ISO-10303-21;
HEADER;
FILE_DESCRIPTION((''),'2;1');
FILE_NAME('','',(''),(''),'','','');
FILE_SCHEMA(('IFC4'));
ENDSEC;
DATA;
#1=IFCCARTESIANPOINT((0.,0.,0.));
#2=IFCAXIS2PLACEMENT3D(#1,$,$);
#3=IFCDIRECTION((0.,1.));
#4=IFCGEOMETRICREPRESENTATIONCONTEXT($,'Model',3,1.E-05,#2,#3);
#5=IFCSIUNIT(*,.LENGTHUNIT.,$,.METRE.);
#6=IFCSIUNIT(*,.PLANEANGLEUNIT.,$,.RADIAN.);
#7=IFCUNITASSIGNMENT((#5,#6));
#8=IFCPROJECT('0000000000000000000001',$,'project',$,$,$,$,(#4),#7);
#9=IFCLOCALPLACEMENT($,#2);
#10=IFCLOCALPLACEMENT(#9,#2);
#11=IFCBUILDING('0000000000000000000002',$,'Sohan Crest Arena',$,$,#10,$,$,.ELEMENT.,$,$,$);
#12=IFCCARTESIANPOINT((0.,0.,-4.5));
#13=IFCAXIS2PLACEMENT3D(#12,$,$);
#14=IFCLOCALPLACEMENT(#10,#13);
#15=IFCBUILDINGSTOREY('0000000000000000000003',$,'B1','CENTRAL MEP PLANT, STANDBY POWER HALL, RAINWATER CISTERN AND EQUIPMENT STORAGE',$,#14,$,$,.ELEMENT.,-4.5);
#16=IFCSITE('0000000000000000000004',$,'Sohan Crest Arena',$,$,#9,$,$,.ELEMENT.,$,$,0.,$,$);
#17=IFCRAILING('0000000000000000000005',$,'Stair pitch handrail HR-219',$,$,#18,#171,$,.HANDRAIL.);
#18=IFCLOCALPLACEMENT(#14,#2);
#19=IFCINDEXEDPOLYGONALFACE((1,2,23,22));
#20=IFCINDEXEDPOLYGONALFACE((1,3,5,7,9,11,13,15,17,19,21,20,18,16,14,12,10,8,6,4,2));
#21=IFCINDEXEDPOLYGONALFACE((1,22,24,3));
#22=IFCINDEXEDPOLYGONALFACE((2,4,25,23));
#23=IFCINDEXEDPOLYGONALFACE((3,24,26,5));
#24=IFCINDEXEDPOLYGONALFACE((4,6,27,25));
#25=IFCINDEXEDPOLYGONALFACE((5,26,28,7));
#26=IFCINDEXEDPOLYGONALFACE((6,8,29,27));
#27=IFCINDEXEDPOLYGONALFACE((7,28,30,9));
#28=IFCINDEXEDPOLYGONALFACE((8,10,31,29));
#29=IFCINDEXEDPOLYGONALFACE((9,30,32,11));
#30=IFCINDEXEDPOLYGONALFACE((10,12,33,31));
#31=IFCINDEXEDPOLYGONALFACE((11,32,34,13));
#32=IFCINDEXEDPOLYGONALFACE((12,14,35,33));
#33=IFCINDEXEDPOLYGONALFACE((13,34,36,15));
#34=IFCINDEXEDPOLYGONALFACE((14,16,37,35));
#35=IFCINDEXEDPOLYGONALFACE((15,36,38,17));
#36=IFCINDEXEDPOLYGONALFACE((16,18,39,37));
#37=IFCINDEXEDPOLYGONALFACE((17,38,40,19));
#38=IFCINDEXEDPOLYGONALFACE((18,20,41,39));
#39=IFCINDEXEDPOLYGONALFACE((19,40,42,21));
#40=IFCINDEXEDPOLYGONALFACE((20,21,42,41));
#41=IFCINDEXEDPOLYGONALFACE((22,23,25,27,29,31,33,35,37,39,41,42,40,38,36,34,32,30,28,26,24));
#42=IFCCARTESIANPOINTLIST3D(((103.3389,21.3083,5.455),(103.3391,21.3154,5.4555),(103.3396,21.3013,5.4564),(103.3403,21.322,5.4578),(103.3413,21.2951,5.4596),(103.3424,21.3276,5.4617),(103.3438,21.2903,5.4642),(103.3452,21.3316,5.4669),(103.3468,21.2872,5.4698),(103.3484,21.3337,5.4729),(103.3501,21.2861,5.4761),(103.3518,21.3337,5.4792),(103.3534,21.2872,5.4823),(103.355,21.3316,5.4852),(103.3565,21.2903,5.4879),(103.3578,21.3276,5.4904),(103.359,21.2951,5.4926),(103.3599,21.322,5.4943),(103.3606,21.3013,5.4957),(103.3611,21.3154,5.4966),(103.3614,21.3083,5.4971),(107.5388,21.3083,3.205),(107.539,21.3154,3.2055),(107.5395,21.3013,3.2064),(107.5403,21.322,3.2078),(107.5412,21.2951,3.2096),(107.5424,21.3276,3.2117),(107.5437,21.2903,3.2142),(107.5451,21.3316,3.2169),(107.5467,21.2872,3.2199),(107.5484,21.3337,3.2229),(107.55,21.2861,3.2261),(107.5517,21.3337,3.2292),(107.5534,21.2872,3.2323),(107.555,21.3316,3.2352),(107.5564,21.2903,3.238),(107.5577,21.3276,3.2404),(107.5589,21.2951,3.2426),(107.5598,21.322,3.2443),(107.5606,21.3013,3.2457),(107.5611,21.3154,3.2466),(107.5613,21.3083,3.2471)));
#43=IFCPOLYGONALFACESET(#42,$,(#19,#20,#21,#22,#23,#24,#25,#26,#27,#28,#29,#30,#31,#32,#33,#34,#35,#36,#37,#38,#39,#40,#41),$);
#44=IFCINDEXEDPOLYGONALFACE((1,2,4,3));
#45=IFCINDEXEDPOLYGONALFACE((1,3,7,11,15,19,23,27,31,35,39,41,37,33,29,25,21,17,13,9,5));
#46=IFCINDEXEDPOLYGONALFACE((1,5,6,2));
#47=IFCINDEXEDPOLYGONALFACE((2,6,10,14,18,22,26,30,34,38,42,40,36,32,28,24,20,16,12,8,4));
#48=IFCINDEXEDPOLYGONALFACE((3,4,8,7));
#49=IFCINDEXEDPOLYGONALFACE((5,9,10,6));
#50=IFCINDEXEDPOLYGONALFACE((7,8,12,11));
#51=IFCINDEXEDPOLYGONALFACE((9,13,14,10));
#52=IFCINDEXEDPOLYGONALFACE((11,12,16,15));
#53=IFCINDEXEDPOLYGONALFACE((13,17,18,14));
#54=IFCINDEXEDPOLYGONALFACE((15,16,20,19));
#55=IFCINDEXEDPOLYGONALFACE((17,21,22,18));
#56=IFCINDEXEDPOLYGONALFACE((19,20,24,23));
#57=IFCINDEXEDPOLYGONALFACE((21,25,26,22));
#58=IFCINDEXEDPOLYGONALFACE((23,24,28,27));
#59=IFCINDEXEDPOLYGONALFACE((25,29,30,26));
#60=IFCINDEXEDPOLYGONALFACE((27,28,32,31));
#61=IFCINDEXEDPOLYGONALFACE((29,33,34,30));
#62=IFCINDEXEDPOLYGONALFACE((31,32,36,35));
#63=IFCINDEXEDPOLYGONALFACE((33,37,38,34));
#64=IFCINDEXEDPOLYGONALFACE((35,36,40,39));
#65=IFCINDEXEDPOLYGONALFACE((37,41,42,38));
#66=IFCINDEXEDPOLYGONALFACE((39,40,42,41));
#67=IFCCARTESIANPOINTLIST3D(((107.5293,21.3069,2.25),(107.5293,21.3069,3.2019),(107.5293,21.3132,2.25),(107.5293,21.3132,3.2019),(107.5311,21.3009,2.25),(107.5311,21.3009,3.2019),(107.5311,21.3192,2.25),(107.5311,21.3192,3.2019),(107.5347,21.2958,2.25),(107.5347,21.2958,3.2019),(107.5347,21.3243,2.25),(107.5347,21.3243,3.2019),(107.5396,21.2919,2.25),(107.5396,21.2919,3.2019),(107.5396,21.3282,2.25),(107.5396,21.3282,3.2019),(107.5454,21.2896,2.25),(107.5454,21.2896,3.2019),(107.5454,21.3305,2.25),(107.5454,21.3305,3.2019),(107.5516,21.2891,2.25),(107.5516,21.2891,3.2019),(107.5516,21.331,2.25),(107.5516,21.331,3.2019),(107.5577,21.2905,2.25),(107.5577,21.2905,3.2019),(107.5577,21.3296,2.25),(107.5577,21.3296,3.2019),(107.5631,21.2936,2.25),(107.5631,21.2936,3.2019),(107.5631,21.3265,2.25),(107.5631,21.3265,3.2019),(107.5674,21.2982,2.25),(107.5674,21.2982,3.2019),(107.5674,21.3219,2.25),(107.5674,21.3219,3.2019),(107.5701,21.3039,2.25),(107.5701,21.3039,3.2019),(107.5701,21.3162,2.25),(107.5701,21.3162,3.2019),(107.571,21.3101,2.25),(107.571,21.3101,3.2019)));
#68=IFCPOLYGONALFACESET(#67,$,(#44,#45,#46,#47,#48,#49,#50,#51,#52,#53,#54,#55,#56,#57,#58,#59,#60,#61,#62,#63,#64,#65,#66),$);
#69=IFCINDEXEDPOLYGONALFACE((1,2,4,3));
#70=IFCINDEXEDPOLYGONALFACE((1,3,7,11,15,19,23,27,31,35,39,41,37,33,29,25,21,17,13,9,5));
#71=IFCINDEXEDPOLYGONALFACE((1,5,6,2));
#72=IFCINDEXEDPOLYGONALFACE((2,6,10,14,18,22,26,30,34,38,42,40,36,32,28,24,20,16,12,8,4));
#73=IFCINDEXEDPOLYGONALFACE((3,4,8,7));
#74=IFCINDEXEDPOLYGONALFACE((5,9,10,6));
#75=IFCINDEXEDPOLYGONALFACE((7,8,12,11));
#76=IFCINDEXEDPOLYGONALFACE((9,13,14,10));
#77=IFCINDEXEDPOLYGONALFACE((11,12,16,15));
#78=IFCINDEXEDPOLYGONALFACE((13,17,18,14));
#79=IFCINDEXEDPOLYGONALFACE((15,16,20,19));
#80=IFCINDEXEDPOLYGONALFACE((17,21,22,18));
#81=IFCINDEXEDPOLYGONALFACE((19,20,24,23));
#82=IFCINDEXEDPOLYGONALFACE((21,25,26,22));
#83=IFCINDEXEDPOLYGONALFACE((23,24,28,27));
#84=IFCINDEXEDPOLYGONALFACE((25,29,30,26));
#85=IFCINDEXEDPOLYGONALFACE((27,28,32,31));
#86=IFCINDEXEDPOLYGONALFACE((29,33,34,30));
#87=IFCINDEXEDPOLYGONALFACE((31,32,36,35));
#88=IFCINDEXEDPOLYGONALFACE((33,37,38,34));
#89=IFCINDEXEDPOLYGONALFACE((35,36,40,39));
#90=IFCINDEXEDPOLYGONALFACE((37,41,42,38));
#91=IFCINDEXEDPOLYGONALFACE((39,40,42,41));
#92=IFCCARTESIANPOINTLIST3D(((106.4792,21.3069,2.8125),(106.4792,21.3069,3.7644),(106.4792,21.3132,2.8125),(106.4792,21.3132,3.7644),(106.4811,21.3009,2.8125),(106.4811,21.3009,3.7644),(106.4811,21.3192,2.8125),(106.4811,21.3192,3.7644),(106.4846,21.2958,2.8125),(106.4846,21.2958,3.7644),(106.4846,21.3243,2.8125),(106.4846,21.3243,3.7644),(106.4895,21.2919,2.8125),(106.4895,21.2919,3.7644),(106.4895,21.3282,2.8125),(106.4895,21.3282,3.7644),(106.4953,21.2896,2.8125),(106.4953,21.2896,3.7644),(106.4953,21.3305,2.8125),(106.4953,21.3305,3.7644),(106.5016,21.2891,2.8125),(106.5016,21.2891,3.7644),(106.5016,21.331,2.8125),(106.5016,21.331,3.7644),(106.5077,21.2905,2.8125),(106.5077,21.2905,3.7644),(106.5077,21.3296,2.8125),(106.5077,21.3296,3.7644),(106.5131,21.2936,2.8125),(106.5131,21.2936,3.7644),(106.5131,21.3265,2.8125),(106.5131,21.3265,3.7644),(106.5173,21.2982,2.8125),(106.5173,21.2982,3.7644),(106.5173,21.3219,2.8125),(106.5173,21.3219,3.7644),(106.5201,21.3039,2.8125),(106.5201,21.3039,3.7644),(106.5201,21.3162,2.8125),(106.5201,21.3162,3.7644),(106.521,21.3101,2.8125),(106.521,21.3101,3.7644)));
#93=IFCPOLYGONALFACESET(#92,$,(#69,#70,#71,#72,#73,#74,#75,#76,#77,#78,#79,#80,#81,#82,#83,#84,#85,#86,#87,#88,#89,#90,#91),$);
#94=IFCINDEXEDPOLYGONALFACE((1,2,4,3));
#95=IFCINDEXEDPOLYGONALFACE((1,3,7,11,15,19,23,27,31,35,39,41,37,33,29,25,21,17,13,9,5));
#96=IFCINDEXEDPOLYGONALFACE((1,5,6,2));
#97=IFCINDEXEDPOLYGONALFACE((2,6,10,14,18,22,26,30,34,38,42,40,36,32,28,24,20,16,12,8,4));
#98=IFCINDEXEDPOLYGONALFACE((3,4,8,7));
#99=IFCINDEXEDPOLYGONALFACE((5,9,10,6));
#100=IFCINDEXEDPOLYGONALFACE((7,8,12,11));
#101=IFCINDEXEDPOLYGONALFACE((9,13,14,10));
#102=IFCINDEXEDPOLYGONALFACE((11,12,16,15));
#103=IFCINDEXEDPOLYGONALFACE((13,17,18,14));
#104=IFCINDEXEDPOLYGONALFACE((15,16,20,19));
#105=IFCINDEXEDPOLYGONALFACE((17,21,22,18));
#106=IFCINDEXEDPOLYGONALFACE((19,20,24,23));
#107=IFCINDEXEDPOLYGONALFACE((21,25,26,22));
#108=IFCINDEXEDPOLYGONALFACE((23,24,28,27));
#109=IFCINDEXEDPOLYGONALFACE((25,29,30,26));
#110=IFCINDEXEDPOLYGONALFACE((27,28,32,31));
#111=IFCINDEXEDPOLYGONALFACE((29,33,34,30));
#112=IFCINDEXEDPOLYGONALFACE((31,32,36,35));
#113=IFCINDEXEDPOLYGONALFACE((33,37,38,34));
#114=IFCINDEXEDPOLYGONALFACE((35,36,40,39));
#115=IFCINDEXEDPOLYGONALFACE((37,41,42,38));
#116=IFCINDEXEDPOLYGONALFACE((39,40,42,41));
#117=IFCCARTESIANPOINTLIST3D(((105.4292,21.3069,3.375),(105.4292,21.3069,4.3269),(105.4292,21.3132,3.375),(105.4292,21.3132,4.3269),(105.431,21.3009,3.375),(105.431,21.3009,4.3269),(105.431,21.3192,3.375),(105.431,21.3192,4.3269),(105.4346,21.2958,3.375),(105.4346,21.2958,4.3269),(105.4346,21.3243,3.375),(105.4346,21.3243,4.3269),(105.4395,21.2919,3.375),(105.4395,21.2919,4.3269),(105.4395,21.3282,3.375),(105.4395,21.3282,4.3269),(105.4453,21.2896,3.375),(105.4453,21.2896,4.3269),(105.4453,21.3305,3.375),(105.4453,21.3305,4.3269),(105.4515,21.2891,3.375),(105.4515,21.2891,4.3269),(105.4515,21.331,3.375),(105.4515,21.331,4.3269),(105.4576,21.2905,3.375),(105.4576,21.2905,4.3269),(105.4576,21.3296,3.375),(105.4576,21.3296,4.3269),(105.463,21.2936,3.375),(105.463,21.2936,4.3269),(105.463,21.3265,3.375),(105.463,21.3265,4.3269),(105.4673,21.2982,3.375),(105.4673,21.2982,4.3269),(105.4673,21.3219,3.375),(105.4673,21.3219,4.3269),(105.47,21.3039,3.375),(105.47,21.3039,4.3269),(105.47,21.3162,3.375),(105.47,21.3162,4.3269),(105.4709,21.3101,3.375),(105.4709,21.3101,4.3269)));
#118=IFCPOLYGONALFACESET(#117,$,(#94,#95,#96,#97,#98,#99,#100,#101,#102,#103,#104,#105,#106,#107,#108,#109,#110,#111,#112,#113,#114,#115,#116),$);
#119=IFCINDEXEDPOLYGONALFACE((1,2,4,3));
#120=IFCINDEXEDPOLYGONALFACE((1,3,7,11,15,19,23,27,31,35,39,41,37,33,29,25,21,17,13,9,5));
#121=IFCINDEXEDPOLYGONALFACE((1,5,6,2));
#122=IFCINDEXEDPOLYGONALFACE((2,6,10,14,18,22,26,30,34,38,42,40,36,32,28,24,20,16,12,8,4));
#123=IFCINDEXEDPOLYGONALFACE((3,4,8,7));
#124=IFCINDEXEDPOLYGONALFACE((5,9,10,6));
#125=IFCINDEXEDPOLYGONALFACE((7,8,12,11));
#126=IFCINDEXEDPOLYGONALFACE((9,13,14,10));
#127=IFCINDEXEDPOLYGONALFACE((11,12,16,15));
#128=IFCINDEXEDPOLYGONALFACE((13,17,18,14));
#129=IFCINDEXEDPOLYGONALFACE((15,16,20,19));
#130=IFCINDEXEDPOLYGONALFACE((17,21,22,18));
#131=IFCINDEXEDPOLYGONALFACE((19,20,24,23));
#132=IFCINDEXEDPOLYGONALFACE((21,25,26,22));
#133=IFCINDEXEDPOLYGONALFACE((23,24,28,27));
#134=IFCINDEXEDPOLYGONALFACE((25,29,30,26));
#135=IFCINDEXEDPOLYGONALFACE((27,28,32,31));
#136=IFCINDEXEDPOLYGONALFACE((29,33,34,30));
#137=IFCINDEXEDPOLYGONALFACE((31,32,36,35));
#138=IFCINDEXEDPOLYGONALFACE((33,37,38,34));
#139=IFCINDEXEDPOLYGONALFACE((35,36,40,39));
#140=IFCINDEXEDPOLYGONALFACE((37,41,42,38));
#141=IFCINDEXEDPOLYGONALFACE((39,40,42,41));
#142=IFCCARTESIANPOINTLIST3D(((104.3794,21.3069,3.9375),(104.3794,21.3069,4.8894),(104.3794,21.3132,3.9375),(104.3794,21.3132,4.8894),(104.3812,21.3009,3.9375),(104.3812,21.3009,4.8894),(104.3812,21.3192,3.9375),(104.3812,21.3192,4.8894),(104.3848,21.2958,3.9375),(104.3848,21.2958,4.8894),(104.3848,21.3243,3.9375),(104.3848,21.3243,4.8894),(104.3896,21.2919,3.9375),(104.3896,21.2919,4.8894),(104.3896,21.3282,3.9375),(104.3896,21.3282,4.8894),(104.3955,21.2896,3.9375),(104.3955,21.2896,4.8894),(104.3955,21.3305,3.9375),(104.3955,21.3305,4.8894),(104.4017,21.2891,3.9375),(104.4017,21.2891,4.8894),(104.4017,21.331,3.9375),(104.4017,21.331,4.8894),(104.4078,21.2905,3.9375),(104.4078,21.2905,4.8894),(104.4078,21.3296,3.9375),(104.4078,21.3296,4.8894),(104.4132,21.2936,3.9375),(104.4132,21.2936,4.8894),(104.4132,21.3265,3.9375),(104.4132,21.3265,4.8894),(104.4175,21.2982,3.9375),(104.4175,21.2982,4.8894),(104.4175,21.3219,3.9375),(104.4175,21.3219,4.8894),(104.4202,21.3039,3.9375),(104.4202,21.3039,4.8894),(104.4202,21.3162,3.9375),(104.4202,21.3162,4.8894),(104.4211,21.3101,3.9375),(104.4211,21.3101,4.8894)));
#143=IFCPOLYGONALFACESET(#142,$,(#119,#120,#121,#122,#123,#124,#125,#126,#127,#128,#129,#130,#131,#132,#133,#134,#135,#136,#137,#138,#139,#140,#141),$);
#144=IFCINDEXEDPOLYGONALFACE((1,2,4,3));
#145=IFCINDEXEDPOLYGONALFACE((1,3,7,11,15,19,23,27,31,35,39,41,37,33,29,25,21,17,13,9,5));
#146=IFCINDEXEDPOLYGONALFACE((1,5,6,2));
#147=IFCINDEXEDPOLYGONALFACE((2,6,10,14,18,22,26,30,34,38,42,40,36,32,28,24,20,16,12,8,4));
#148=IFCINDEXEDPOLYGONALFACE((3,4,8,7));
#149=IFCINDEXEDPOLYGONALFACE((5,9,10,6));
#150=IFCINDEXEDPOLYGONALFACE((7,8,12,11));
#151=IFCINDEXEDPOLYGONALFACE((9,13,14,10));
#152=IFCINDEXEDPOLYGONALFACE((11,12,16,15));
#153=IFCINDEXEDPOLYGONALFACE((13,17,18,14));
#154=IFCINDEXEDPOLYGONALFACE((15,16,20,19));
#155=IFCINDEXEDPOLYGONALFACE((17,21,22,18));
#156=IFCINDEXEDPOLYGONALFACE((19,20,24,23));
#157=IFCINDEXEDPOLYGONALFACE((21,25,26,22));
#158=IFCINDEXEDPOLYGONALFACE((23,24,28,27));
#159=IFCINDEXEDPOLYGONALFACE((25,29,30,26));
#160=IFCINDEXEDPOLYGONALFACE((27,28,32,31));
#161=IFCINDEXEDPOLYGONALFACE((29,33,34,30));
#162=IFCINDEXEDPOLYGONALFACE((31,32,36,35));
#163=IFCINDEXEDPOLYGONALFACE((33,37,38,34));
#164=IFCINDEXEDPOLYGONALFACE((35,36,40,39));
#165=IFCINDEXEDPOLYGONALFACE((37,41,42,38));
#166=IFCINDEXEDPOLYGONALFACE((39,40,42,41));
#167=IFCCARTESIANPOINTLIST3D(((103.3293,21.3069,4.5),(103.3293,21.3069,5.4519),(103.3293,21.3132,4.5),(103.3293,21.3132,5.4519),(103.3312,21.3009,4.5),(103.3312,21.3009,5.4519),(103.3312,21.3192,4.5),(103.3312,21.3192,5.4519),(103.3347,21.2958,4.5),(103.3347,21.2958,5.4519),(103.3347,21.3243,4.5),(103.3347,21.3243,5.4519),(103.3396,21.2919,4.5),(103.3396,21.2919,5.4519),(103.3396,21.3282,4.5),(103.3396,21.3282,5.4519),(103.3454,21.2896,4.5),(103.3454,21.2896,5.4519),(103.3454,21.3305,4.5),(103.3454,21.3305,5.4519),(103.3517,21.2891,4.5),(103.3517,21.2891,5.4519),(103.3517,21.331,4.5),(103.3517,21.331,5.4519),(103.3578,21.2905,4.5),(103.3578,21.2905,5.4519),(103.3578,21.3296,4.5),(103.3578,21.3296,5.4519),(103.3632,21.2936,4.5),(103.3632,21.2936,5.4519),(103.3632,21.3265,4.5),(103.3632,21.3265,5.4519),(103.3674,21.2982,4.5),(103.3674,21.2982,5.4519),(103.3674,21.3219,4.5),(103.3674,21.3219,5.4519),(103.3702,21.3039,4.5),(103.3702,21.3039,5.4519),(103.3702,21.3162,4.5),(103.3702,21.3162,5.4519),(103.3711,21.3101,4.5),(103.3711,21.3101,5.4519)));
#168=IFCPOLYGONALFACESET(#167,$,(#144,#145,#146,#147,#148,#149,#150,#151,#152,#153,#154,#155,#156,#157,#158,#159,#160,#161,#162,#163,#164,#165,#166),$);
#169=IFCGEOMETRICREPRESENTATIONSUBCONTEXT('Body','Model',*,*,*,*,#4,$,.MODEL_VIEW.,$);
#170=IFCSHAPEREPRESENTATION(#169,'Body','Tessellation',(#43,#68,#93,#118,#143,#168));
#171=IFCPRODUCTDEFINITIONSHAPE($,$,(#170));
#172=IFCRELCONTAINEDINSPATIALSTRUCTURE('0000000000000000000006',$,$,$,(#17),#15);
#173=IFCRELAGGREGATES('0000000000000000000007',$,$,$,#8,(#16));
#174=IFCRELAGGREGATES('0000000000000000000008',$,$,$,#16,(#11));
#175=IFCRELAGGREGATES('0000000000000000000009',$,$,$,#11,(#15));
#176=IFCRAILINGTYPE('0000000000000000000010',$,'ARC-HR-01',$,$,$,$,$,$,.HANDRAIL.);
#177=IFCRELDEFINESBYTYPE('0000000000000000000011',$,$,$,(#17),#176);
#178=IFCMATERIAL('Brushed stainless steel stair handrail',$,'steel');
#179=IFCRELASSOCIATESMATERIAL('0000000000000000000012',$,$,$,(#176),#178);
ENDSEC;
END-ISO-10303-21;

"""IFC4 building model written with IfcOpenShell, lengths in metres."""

from ifc_helpers import new_model, si_unit, direction, frame, origin, origin_2d, place, context, subcontext, project, spatial, circle, extrude, material, type_object, element, save


model = new_model("IFC4")

# Units and contexts
model_context = context("Model", 3, precision=1e-05, world=origin(), true_north=direction((0.0, 1.0)))
body_context = subcontext(model_context, "Body", "Model", "MODEL_VIEW")
ifc_project = project(units=[si_unit("LENGTHUNIT", "METRE"), si_unit("PLANEANGLEUNIT", "RADIAN")], contexts=[model_context])

# Site, building, storey
site_placement = place(None, origin())
site = spatial("IfcSite", under=ifc_project, at=site_placement, Name="Sohan Crest Arena", CompositionType="ELEMENT", RefElevation=0.0)
building_placement = place(site_placement, origin())
building = spatial("IfcBuilding", under=site, at=building_placement, Name="Sohan Crest Arena", CompositionType="ELEMENT")
storey_placement = place(building_placement, frame((0.0, 0.0, -4.5)))
storey = spatial("IfcBuildingStorey", under=building, at=storey_placement, Name="B1", Description="CENTRAL MEP PLANT, STANDBY POWER HALL, RAINWATER CISTERN AND EQUIPMENT STORAGE", CompositionType="ELEMENT", Elevation=-4.5)

# Railing
ifc_material_1 = material(Name="Brushed stainless steel stair handrail", Category="steel")
railing_type_1 = type_object("IfcRailingType", Name="ARC-HR-01", PredefinedType="HANDRAIL", material=ifc_material_1)
railing_1_placement = place(storey_placement, frame((107.55, 21.3101, 2.25)))
element("IfcRailing", 1, at=railing_1_placement, inside=storey, type_object=railing_type_1, Name="Stair pitch handrail HR-219", PredefinedType="HANDRAIL", context=body_context, shape_type="SweptSolid", body=[
    extrude(circle(Radius=0.0239, at=origin_2d()), frame((0.0, 0.0, 0.9761), z_axis=(-0.881478, 0.0, 0.472226), x_axis=(0.0, -1.0, 0.0)), (0.0, 0.0, 1.0), 4.7646),
    extrude(circle(Radius=0.021, at=origin_2d()), origin(), (0.0, 0.0, 1.0), 0.9519),
    extrude(circle(Radius=0.021, at=origin_2d()), frame((-1.05, 0.0, 0.5625)), (0.0, 0.0, 1.0), 0.9519),
    extrude(circle(Radius=0.021, at=origin_2d()), frame((-2.1001, 0.0, 1.125)), (0.0, 0.0, 1.0), 0.9519),
    extrude(circle(Radius=0.021, at=origin_2d()), frame((-3.1499, 0.0, 1.6875)), (0.0, 0.0, 1.0), 0.9519),
    extrude(circle(Radius=0.021, at=origin_2d()), frame((-4.2, 0.0, 2.25)), (0.0, 0.0, 1.0), 0.9519),
])

save(model, "model.ifc")
